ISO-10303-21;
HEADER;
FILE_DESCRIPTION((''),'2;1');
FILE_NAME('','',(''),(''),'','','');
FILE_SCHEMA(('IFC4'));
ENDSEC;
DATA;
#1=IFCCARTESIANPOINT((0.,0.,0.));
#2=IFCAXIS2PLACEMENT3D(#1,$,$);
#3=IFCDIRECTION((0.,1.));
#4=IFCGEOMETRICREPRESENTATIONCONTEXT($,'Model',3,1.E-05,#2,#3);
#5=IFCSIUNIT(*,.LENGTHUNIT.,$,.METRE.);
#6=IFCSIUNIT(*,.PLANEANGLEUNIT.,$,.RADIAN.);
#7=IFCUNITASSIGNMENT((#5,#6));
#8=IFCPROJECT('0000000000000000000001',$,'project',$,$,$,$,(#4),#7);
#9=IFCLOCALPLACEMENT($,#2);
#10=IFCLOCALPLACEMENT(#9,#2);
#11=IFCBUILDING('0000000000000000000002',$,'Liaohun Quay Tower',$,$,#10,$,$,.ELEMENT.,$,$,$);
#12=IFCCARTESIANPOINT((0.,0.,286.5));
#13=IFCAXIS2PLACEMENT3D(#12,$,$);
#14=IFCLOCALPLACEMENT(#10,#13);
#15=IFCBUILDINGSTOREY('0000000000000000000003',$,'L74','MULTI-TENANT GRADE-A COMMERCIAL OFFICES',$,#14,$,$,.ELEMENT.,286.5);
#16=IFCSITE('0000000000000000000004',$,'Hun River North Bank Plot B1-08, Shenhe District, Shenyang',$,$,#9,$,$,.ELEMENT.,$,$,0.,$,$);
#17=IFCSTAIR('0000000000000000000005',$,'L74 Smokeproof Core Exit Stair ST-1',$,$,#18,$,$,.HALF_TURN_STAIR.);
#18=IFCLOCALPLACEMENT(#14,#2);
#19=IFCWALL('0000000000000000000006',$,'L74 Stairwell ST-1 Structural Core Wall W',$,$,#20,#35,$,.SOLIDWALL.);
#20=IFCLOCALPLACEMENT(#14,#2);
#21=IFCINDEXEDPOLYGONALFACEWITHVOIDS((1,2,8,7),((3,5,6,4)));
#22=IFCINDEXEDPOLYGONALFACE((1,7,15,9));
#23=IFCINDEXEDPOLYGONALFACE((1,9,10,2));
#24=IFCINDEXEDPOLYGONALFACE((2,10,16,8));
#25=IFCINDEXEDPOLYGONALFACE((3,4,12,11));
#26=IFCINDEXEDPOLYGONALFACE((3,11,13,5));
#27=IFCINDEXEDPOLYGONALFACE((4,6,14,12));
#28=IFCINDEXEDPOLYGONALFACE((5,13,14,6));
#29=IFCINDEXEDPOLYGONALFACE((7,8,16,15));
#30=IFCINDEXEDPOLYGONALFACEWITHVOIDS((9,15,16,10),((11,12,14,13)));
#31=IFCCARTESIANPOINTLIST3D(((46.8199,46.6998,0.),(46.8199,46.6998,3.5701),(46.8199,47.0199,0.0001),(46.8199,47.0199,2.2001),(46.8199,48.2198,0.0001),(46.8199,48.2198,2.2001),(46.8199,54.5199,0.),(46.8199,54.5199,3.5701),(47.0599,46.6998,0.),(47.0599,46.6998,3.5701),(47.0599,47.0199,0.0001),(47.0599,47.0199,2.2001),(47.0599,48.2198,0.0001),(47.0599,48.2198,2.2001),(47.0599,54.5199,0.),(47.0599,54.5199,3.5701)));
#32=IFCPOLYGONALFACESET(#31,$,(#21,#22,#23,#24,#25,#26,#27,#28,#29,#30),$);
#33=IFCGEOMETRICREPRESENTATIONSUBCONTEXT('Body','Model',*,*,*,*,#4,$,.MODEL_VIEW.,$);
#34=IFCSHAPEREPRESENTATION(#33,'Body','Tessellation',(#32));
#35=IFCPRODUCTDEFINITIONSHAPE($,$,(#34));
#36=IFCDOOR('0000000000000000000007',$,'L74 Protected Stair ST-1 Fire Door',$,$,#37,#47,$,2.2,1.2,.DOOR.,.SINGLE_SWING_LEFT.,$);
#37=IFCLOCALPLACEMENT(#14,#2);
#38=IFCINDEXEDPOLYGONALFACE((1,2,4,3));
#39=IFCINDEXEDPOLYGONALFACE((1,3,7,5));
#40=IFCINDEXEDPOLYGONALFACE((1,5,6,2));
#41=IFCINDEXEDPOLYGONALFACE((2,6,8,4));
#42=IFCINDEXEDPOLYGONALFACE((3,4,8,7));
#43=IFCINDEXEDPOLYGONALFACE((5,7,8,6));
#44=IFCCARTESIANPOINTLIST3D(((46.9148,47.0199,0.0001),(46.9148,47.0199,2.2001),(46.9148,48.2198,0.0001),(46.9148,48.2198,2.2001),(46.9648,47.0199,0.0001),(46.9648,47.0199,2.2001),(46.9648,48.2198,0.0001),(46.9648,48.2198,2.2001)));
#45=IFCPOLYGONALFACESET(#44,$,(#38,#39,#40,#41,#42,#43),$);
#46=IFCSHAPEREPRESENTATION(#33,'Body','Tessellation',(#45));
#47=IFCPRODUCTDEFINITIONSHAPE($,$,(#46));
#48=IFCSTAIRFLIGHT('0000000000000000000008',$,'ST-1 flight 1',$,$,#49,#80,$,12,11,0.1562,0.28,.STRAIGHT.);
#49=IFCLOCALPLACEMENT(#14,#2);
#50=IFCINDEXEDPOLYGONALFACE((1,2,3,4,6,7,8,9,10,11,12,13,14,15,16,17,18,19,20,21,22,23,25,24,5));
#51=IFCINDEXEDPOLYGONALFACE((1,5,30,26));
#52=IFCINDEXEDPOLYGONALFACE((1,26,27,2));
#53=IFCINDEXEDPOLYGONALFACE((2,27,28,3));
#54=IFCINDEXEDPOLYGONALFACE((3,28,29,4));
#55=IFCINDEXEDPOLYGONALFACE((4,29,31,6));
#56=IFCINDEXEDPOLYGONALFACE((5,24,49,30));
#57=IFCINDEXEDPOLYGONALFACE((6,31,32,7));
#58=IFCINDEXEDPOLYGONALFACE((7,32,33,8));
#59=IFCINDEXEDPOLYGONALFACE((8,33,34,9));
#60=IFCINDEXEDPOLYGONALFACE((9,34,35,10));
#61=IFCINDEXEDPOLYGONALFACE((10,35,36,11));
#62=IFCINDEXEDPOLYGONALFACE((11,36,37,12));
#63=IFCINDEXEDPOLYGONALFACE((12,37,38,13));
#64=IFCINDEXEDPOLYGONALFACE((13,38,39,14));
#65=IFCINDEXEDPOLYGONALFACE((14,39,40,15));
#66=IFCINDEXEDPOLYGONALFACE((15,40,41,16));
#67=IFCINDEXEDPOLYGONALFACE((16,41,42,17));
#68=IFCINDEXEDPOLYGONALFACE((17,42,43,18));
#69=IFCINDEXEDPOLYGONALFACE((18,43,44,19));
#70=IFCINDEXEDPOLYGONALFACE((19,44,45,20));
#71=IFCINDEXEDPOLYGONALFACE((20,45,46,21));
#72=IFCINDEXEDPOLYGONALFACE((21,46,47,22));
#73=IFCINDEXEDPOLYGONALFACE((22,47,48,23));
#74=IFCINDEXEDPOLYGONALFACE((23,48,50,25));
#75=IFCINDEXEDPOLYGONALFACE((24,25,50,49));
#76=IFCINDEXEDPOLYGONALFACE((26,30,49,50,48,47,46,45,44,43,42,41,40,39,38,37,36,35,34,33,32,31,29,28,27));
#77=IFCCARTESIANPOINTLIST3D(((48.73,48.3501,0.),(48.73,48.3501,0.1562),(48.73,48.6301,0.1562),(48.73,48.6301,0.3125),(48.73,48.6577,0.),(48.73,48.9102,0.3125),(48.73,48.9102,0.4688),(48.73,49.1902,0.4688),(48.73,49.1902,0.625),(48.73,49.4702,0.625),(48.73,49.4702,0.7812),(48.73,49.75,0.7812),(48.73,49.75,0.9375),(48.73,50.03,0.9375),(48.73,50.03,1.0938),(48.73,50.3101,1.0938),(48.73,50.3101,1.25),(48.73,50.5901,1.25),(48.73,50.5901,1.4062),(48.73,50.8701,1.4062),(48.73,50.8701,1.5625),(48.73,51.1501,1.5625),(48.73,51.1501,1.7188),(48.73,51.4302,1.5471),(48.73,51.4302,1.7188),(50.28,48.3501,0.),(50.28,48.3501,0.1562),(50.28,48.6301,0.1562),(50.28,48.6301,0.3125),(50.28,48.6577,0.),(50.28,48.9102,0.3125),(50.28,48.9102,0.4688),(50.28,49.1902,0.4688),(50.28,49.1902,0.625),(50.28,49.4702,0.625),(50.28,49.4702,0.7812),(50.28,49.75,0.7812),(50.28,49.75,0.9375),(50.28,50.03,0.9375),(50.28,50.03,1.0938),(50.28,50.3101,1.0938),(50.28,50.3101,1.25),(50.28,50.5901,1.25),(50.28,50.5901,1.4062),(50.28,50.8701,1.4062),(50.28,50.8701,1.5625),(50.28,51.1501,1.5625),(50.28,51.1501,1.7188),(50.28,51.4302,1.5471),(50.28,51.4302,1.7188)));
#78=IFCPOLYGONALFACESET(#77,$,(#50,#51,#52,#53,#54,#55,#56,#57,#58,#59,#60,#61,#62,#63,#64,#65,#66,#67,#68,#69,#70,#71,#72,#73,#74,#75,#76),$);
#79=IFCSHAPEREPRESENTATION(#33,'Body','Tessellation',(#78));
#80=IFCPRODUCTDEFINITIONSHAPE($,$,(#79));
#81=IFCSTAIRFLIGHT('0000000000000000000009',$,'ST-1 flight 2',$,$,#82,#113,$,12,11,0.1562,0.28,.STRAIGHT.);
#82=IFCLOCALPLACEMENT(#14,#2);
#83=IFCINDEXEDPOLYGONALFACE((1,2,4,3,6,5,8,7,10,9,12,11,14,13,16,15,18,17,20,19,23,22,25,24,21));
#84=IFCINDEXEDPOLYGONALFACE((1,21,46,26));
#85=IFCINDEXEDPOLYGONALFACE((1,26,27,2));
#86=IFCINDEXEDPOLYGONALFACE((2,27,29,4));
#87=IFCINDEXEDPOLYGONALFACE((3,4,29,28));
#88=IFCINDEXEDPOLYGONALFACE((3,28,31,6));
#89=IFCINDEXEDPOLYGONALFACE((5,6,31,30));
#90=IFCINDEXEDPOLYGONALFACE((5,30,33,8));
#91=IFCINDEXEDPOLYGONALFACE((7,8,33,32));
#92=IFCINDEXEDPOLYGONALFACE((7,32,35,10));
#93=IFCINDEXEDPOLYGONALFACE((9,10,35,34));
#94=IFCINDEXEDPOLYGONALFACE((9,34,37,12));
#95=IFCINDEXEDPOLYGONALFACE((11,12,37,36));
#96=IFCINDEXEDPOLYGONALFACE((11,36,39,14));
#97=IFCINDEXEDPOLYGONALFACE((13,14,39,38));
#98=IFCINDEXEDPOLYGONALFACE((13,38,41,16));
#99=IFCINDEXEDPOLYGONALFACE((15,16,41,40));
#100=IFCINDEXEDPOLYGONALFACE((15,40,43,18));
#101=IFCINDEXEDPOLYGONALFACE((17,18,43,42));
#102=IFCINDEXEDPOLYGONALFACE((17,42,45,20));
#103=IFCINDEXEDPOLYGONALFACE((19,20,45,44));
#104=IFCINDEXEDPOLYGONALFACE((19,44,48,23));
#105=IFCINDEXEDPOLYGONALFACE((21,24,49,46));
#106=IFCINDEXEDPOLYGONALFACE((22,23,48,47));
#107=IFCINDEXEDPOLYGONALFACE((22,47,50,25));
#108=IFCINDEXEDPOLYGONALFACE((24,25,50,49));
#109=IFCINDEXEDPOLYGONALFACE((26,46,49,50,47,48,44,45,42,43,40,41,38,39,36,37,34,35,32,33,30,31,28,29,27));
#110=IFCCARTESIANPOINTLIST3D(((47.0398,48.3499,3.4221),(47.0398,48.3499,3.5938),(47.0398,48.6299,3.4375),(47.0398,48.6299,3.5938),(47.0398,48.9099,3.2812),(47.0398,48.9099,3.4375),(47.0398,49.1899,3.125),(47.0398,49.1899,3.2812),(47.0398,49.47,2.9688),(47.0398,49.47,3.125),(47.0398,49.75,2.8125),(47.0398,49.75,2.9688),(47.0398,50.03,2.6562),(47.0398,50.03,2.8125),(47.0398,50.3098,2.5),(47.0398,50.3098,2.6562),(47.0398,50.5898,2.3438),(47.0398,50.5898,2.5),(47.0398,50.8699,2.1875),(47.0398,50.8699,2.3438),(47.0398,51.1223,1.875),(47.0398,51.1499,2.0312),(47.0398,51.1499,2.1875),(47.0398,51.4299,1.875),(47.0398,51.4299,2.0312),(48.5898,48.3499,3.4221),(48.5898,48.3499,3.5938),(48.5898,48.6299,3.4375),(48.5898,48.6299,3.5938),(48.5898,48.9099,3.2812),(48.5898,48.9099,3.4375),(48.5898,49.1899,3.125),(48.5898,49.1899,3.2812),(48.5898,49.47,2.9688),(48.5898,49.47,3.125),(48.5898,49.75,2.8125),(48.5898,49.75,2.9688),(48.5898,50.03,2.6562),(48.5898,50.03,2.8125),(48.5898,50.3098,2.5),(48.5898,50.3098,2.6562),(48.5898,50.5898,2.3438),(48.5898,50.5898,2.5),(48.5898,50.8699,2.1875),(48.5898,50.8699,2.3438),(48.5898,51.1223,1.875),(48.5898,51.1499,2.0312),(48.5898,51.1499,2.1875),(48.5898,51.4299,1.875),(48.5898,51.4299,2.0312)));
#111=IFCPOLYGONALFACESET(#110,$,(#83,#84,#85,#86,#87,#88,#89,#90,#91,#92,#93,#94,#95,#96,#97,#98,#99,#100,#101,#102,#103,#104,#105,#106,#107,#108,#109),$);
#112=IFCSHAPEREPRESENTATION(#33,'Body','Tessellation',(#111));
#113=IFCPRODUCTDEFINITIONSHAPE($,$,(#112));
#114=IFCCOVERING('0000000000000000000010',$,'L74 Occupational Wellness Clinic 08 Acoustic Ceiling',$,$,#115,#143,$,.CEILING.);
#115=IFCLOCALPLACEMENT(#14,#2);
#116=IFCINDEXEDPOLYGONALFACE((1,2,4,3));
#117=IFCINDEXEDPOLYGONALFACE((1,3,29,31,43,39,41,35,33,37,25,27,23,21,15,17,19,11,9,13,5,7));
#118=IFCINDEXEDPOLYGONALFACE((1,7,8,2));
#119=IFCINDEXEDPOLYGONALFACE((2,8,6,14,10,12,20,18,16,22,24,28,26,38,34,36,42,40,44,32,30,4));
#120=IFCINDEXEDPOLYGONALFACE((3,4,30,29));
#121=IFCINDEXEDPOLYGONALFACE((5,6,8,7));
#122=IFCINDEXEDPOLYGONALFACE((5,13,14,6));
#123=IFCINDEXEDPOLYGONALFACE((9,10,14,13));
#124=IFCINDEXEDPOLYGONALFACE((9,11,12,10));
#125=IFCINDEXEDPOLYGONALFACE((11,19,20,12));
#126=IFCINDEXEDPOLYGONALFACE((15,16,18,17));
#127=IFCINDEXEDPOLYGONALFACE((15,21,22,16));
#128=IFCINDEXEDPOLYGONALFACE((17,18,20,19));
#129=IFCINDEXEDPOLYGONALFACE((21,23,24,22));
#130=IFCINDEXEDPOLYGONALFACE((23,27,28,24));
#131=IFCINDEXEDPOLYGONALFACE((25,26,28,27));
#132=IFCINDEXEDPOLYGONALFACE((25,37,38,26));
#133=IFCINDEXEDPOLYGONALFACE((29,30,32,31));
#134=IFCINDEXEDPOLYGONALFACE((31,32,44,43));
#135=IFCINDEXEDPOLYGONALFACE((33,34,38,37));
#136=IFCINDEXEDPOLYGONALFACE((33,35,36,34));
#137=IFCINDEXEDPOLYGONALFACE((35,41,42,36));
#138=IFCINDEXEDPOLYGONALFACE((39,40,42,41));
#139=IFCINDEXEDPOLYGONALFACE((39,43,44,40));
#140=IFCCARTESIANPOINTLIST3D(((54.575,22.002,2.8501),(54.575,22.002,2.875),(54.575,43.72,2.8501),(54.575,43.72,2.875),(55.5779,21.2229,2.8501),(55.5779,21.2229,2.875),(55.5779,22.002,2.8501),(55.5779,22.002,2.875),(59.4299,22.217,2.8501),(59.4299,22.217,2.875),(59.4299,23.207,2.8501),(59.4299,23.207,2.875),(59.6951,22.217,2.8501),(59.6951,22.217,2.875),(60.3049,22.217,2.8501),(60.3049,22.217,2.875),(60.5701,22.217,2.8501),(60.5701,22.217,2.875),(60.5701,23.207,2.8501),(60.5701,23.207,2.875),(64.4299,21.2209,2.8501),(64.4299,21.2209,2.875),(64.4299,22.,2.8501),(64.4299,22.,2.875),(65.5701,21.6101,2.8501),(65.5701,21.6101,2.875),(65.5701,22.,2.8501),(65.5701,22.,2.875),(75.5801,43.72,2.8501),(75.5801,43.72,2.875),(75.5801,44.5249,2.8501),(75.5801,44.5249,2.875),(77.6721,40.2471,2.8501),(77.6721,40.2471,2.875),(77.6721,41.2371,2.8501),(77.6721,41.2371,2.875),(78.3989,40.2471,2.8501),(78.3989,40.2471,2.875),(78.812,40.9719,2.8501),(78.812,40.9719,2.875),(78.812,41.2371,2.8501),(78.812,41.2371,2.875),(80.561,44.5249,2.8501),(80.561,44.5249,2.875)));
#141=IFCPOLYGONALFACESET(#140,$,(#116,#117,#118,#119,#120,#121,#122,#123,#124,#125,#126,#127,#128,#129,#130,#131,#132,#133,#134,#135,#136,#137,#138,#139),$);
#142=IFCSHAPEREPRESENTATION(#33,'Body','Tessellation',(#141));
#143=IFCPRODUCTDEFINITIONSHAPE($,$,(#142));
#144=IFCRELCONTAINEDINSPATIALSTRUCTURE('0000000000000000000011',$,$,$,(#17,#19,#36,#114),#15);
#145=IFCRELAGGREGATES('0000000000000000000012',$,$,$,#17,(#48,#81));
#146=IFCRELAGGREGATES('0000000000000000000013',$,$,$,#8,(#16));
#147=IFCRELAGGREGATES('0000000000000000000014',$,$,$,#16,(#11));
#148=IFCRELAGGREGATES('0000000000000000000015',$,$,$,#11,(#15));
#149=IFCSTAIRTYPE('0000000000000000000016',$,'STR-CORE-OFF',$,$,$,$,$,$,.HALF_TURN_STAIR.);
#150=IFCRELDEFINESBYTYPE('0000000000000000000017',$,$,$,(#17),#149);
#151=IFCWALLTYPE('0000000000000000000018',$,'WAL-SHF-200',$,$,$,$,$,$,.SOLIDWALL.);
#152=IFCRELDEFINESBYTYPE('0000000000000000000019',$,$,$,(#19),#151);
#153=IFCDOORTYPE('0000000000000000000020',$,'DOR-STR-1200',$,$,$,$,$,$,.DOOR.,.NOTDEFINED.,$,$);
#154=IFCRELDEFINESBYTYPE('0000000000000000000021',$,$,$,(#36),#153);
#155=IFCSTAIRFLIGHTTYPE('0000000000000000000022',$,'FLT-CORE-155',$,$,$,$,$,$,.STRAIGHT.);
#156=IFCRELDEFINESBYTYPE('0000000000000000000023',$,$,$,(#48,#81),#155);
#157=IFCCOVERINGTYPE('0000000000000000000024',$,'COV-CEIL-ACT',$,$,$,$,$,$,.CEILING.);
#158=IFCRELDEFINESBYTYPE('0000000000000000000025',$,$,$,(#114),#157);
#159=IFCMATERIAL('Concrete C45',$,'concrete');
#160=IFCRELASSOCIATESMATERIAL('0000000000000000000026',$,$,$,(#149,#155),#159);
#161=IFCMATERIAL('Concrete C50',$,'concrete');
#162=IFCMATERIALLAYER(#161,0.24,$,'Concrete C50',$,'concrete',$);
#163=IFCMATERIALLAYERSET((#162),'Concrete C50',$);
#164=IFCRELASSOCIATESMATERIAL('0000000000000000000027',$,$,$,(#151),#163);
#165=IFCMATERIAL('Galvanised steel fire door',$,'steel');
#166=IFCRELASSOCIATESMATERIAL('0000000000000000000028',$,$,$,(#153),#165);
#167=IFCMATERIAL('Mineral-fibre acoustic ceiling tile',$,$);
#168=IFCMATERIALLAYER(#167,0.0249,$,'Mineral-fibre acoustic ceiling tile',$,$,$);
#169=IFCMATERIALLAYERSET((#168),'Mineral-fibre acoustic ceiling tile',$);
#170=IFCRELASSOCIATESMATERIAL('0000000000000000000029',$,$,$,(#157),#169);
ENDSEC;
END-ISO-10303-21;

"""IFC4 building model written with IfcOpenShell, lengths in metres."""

from ifc_helpers import new_model, si_unit, direction, frame, frame_2d, origin, place, context, subcontext, project, spatial, polyline, rectangle, outline, extrude, source, transform, mapped, material, layer, layer_set, type_object, element, fill, aggregate, save


model = new_model("IFC4")

# Units and contexts
model_context = context("Model", 3, precision=1e-05, world=origin(), true_north=direction((0.0, 1.0)))
body_context = subcontext(model_context, "Body", "Model", "MODEL_VIEW")
ifc_project = project(units=[si_unit("LENGTHUNIT", "METRE"), si_unit("PLANEANGLEUNIT", "RADIAN")], contexts=[model_context])

# Site, building, storey
site_placement = place(None, origin())
site = spatial("IfcSite", under=ifc_project, at=site_placement, Name="Hun River North Bank Plot B1-08, Shenhe District, Shenyang", CompositionType="ELEMENT", RefElevation=0.0)
building_placement = place(site_placement, origin())
building = spatial("IfcBuilding", under=site, at=building_placement, Name="Liaohun Quay Tower", CompositionType="ELEMENT")
storey_placement = place(building_placement, frame((0.0, 0.0, 286.5)))
storey = spatial("IfcBuildingStorey", under=building, at=storey_placement, Name="L74", Description="MULTI-TENANT GRADE-A COMMERCIAL OFFICES", CompositionType="ELEMENT", Elevation=286.5)

# Shared definitions
ifc_material_1 = material(Name="Concrete C50", Category="concrete")

# Stair
ifc_material_2 = material(Name="Concrete C45", Category="concrete")
stair_type = type_object("IfcStairType", Name="STR-CORE-OFF", PredefinedType="HALF_TURN_STAIR", material=ifc_material_2)
stair_1_placement = place(storey_placement, origin())
stair_1 = element("IfcStair", 1, at=stair_1_placement, inside=storey, type_object=stair_type, Name="L74 Smokeproof Core Exit Stair ST-1", PredefinedType="HALF_TURN_STAIR")

# Shared definitions
ifc_layer_1 = layer(ifc_material_1, 0.24, Name="Concrete C50", Category="concrete")
ifc_layer_set_1 = layer_set([ifc_layer_1], Name="Concrete C50")
wall_type_1 = type_object("IfcWallType", Name="WAL-SHF-200", PredefinedType="SOLIDWALL", material=ifc_layer_set_1)

# Wall, opening, door
wall_1_placement = place(storey_placement, frame((46.9399, 54.52, 0.0), z_axis=(0.0, 0.0, 1.0), x_axis=(0.0, -1.0, 0.0)))
wall_1 = element("IfcWall", 2, at=wall_1_placement, inside=storey, type_object=wall_type_1, Name="L74 Stairwell ST-1 Structural Core Wall W", PredefinedType="SOLIDWALL", context=body_context, shape_type="SweptSolid", body=[
    extrude(rectangle(XDim=7.8201, YDim=0.24, at=frame_2d((3.9102, 0.0))), origin(), (0.0, 0.0, 1.0), 3.5701),
])
shared_shape_1 = source(origin(), body_context, "Body", "SweptSolid", [
    extrude(rectangle(XDim=1.2, YDim=2.2, at=frame_2d((0.6001, 1.1001))), frame((0.0, 0.1299, 0.0), z_axis=(0.0, -1.0, 0.0), x_axis=(1.0, 0.0, 0.0)), (0.0, 0.0, 1.0), 0.26),
])
opening_1_placement = place(wall_1_placement, frame((6.3, 0.0, 0.0)))
opening_1 = element("IfcOpeningElement", 3, at=opening_1_placement, cuts=wall_1, PredefinedType="OPENING", context=body_context, shape_type="MappedRepresentation", body=[
    mapped(shared_shape_1, transform((0.0, 0.0, 0.0), x_axis=(1.0, 0.0, 0.0), y_axis=(0.0, 1.0, 0.0), z_axis=(0.0, 0.0, 1.0), scale=1.0)),
])
ifc_material_3 = material(Name="Galvanised steel fire door", Category="steel")
door_type_1 = type_object("IfcDoorType", Name="DOR-STR-1200", OperationType="NOTDEFINED", PredefinedType="DOOR", material=ifc_material_3)
shared_shape_2 = source(origin(), body_context, "Body", "SweptSolid", [
    extrude(rectangle(XDim=1.2, YDim=2.2, at=frame_2d((0.6001, 1.1001))), frame((0.0, 0.0249, 0.0), z_axis=(0.0, -1.0, 0.0), x_axis=(1.0, 0.0, 0.0)), (0.0, 0.0, 1.0), 0.05),
])
door_1_placement = place(opening_1_placement, origin())
door_1 = element("IfcDoor", 4, at=door_1_placement, inside=storey, type_object=door_type_1, Name="L74 Protected Stair ST-1 Fire Door", OperationType="SINGLE_SWING_LEFT", OverallHeight=2.2, OverallWidth=1.2, PredefinedType="DOOR", context=body_context, shape_type="MappedRepresentation", body=[
    mapped(shared_shape_2, transform((0.0, 0.0, 0.0), x_axis=(1.0, 0.0, 0.0), y_axis=(0.0, 1.0, 0.0), z_axis=(0.0, 0.0, 1.0), scale=1.0)),
])
fill(opening_1, door_1)

# Stair flights
stair_flight_type = type_object("IfcStairFlightType", Name="FLT-CORE-155", PredefinedType="STRAIGHT", material=ifc_material_2)
stair_flight_1_placement = place(storey_placement, frame((49.5049, 48.3501, 0.0), z_axis=(0.0, 0.0, 1.0), x_axis=(0.0, 1.0, 0.0)))
stair_flight_1 = element("IfcStairFlight", 5, at=stair_flight_1_placement, type_object=stair_flight_type, Name="ST-1 flight 1", NumberOfRisers=12, NumberOfTreads=11, PredefinedType="STRAIGHT", RiserHeight=0.1562, TreadLength=0.28, context=body_context, shape_type="SweptSolid", body=[
    extrude(outline(polyline([(0.0, 0.0), (0.0, 0.1562), (0.28, 0.1562), (0.28, 0.3125), (0.5601, 0.3125), (0.5601, 0.4688), (0.8401, 0.4688), (0.8401, 0.625), (1.1201, 0.625), (1.1201, 0.7812), (1.3999, 0.7812), (1.3999, 0.9375), (1.6799, 0.9375), (1.6799, 1.0938), (1.96, 1.0938), (1.96, 1.25), (2.24, 1.25), (2.24, 1.4062), (2.52, 1.4062), (2.52, 1.5625), (2.8, 1.5625), (2.8, 1.7188), (3.0801, 1.7188), (3.0801, 1.875), (3.0801, 1.5471), (0.3076, 0.0), (0.0, 0.0)])), frame((0.0, 0.7749, 0.0), z_axis=(0.0, -1.0, 0.0), x_axis=(1.0, 0.0, 0.0)), (0.0, 0.0, 1.0), 1.55),
])
stair_flight_2_placement = place(storey_placement, frame((47.8149, 51.4299, 1.875), z_axis=(0.0, 0.0, 1.0), x_axis=(0.0, -1.0, 0.0)))
stair_flight_2 = element("IfcStairFlight", 6, at=stair_flight_2_placement, type_object=stair_flight_type, Name="ST-1 flight 2", NumberOfRisers=12, NumberOfTreads=11, PredefinedType="STRAIGHT", RiserHeight=0.1562, TreadLength=0.28, context=body_context, shape_type="SweptSolid", body=[
    extrude(outline(polyline([(0.0, 0.0), (0.0, 0.1562), (0.28, 0.1562), (0.28, 0.3125), (0.5601, 0.3125), (0.5601, 0.4688), (0.8401, 0.4688), (0.8401, 0.625), (1.1201, 0.625), (1.1201, 0.7812), (1.3999, 0.7812), (1.3999, 0.9375), (1.6799, 0.9375), (1.6799, 1.0938), (1.96, 1.0938), (1.96, 1.25), (2.24, 1.25), (2.24, 1.4062), (2.52, 1.4062), (2.52, 1.5625), (2.8, 1.5625), (2.8, 1.7188), (3.0801, 1.7188), (3.0801, 1.875), (3.0801, 1.5471), (0.3076, 0.0), (0.0, 0.0)])), frame((0.0, 0.7749, 0.0), z_axis=(0.0, -1.0, 0.0), x_axis=(1.0, 0.0, 0.0)), (0.0, 0.0, 1.0), 1.55),
])
aggregate(stair_1, [stair_flight_1, stair_flight_2])

# Covering
ifc_material_4 = material(Name="Mineral-fibre acoustic ceiling tile")
ifc_layer_2 = layer(ifc_material_4, 0.0249, Name="Mineral-fibre acoustic ceiling tile")
ifc_layer_set_2 = layer_set([ifc_layer_2], Name="Mineral-fibre acoustic ceiling tile")
covering_type_1 = type_object("IfcCoveringType", Name="COV-CEIL-ACT", PredefinedType="CEILING", material=ifc_layer_set_2)
covering_1_placement = place(storey_placement, frame((0.0, 0.0, 2.8501)))
element("IfcCovering", 7, at=covering_1_placement, inside=storey, type_object=covering_type_1, Name="L74 Occupational Wellness Clinic 08 Acoustic Ceiling", PredefinedType="CEILING", context=body_context, shape_type="SweptSolid", body=[
    extrude(outline(polyline([(75.5801, 43.72), (54.575, 43.72), (54.575, 22.002), (55.5779, 22.002), (55.5779, 21.2229), (59.6951, 22.217), (59.4299, 22.217), (59.4299, 23.207), (60.5701, 23.207), (60.5701, 22.217), (60.3049, 22.217), (64.4299, 21.2209), (64.4299, 22.0), (65.5701, 22.0), (65.5701, 21.6101), (78.3989, 40.2471), (77.6721, 40.2471), (77.6721, 41.2371), (78.812, 41.2371), (78.812, 40.9719), (80.561, 44.5249), (75.5801, 44.5249), (75.5801, 43.72)])), origin(), (0.0, 0.0, 1.0), 0.0249),
])

save(model, "model.ifc")
